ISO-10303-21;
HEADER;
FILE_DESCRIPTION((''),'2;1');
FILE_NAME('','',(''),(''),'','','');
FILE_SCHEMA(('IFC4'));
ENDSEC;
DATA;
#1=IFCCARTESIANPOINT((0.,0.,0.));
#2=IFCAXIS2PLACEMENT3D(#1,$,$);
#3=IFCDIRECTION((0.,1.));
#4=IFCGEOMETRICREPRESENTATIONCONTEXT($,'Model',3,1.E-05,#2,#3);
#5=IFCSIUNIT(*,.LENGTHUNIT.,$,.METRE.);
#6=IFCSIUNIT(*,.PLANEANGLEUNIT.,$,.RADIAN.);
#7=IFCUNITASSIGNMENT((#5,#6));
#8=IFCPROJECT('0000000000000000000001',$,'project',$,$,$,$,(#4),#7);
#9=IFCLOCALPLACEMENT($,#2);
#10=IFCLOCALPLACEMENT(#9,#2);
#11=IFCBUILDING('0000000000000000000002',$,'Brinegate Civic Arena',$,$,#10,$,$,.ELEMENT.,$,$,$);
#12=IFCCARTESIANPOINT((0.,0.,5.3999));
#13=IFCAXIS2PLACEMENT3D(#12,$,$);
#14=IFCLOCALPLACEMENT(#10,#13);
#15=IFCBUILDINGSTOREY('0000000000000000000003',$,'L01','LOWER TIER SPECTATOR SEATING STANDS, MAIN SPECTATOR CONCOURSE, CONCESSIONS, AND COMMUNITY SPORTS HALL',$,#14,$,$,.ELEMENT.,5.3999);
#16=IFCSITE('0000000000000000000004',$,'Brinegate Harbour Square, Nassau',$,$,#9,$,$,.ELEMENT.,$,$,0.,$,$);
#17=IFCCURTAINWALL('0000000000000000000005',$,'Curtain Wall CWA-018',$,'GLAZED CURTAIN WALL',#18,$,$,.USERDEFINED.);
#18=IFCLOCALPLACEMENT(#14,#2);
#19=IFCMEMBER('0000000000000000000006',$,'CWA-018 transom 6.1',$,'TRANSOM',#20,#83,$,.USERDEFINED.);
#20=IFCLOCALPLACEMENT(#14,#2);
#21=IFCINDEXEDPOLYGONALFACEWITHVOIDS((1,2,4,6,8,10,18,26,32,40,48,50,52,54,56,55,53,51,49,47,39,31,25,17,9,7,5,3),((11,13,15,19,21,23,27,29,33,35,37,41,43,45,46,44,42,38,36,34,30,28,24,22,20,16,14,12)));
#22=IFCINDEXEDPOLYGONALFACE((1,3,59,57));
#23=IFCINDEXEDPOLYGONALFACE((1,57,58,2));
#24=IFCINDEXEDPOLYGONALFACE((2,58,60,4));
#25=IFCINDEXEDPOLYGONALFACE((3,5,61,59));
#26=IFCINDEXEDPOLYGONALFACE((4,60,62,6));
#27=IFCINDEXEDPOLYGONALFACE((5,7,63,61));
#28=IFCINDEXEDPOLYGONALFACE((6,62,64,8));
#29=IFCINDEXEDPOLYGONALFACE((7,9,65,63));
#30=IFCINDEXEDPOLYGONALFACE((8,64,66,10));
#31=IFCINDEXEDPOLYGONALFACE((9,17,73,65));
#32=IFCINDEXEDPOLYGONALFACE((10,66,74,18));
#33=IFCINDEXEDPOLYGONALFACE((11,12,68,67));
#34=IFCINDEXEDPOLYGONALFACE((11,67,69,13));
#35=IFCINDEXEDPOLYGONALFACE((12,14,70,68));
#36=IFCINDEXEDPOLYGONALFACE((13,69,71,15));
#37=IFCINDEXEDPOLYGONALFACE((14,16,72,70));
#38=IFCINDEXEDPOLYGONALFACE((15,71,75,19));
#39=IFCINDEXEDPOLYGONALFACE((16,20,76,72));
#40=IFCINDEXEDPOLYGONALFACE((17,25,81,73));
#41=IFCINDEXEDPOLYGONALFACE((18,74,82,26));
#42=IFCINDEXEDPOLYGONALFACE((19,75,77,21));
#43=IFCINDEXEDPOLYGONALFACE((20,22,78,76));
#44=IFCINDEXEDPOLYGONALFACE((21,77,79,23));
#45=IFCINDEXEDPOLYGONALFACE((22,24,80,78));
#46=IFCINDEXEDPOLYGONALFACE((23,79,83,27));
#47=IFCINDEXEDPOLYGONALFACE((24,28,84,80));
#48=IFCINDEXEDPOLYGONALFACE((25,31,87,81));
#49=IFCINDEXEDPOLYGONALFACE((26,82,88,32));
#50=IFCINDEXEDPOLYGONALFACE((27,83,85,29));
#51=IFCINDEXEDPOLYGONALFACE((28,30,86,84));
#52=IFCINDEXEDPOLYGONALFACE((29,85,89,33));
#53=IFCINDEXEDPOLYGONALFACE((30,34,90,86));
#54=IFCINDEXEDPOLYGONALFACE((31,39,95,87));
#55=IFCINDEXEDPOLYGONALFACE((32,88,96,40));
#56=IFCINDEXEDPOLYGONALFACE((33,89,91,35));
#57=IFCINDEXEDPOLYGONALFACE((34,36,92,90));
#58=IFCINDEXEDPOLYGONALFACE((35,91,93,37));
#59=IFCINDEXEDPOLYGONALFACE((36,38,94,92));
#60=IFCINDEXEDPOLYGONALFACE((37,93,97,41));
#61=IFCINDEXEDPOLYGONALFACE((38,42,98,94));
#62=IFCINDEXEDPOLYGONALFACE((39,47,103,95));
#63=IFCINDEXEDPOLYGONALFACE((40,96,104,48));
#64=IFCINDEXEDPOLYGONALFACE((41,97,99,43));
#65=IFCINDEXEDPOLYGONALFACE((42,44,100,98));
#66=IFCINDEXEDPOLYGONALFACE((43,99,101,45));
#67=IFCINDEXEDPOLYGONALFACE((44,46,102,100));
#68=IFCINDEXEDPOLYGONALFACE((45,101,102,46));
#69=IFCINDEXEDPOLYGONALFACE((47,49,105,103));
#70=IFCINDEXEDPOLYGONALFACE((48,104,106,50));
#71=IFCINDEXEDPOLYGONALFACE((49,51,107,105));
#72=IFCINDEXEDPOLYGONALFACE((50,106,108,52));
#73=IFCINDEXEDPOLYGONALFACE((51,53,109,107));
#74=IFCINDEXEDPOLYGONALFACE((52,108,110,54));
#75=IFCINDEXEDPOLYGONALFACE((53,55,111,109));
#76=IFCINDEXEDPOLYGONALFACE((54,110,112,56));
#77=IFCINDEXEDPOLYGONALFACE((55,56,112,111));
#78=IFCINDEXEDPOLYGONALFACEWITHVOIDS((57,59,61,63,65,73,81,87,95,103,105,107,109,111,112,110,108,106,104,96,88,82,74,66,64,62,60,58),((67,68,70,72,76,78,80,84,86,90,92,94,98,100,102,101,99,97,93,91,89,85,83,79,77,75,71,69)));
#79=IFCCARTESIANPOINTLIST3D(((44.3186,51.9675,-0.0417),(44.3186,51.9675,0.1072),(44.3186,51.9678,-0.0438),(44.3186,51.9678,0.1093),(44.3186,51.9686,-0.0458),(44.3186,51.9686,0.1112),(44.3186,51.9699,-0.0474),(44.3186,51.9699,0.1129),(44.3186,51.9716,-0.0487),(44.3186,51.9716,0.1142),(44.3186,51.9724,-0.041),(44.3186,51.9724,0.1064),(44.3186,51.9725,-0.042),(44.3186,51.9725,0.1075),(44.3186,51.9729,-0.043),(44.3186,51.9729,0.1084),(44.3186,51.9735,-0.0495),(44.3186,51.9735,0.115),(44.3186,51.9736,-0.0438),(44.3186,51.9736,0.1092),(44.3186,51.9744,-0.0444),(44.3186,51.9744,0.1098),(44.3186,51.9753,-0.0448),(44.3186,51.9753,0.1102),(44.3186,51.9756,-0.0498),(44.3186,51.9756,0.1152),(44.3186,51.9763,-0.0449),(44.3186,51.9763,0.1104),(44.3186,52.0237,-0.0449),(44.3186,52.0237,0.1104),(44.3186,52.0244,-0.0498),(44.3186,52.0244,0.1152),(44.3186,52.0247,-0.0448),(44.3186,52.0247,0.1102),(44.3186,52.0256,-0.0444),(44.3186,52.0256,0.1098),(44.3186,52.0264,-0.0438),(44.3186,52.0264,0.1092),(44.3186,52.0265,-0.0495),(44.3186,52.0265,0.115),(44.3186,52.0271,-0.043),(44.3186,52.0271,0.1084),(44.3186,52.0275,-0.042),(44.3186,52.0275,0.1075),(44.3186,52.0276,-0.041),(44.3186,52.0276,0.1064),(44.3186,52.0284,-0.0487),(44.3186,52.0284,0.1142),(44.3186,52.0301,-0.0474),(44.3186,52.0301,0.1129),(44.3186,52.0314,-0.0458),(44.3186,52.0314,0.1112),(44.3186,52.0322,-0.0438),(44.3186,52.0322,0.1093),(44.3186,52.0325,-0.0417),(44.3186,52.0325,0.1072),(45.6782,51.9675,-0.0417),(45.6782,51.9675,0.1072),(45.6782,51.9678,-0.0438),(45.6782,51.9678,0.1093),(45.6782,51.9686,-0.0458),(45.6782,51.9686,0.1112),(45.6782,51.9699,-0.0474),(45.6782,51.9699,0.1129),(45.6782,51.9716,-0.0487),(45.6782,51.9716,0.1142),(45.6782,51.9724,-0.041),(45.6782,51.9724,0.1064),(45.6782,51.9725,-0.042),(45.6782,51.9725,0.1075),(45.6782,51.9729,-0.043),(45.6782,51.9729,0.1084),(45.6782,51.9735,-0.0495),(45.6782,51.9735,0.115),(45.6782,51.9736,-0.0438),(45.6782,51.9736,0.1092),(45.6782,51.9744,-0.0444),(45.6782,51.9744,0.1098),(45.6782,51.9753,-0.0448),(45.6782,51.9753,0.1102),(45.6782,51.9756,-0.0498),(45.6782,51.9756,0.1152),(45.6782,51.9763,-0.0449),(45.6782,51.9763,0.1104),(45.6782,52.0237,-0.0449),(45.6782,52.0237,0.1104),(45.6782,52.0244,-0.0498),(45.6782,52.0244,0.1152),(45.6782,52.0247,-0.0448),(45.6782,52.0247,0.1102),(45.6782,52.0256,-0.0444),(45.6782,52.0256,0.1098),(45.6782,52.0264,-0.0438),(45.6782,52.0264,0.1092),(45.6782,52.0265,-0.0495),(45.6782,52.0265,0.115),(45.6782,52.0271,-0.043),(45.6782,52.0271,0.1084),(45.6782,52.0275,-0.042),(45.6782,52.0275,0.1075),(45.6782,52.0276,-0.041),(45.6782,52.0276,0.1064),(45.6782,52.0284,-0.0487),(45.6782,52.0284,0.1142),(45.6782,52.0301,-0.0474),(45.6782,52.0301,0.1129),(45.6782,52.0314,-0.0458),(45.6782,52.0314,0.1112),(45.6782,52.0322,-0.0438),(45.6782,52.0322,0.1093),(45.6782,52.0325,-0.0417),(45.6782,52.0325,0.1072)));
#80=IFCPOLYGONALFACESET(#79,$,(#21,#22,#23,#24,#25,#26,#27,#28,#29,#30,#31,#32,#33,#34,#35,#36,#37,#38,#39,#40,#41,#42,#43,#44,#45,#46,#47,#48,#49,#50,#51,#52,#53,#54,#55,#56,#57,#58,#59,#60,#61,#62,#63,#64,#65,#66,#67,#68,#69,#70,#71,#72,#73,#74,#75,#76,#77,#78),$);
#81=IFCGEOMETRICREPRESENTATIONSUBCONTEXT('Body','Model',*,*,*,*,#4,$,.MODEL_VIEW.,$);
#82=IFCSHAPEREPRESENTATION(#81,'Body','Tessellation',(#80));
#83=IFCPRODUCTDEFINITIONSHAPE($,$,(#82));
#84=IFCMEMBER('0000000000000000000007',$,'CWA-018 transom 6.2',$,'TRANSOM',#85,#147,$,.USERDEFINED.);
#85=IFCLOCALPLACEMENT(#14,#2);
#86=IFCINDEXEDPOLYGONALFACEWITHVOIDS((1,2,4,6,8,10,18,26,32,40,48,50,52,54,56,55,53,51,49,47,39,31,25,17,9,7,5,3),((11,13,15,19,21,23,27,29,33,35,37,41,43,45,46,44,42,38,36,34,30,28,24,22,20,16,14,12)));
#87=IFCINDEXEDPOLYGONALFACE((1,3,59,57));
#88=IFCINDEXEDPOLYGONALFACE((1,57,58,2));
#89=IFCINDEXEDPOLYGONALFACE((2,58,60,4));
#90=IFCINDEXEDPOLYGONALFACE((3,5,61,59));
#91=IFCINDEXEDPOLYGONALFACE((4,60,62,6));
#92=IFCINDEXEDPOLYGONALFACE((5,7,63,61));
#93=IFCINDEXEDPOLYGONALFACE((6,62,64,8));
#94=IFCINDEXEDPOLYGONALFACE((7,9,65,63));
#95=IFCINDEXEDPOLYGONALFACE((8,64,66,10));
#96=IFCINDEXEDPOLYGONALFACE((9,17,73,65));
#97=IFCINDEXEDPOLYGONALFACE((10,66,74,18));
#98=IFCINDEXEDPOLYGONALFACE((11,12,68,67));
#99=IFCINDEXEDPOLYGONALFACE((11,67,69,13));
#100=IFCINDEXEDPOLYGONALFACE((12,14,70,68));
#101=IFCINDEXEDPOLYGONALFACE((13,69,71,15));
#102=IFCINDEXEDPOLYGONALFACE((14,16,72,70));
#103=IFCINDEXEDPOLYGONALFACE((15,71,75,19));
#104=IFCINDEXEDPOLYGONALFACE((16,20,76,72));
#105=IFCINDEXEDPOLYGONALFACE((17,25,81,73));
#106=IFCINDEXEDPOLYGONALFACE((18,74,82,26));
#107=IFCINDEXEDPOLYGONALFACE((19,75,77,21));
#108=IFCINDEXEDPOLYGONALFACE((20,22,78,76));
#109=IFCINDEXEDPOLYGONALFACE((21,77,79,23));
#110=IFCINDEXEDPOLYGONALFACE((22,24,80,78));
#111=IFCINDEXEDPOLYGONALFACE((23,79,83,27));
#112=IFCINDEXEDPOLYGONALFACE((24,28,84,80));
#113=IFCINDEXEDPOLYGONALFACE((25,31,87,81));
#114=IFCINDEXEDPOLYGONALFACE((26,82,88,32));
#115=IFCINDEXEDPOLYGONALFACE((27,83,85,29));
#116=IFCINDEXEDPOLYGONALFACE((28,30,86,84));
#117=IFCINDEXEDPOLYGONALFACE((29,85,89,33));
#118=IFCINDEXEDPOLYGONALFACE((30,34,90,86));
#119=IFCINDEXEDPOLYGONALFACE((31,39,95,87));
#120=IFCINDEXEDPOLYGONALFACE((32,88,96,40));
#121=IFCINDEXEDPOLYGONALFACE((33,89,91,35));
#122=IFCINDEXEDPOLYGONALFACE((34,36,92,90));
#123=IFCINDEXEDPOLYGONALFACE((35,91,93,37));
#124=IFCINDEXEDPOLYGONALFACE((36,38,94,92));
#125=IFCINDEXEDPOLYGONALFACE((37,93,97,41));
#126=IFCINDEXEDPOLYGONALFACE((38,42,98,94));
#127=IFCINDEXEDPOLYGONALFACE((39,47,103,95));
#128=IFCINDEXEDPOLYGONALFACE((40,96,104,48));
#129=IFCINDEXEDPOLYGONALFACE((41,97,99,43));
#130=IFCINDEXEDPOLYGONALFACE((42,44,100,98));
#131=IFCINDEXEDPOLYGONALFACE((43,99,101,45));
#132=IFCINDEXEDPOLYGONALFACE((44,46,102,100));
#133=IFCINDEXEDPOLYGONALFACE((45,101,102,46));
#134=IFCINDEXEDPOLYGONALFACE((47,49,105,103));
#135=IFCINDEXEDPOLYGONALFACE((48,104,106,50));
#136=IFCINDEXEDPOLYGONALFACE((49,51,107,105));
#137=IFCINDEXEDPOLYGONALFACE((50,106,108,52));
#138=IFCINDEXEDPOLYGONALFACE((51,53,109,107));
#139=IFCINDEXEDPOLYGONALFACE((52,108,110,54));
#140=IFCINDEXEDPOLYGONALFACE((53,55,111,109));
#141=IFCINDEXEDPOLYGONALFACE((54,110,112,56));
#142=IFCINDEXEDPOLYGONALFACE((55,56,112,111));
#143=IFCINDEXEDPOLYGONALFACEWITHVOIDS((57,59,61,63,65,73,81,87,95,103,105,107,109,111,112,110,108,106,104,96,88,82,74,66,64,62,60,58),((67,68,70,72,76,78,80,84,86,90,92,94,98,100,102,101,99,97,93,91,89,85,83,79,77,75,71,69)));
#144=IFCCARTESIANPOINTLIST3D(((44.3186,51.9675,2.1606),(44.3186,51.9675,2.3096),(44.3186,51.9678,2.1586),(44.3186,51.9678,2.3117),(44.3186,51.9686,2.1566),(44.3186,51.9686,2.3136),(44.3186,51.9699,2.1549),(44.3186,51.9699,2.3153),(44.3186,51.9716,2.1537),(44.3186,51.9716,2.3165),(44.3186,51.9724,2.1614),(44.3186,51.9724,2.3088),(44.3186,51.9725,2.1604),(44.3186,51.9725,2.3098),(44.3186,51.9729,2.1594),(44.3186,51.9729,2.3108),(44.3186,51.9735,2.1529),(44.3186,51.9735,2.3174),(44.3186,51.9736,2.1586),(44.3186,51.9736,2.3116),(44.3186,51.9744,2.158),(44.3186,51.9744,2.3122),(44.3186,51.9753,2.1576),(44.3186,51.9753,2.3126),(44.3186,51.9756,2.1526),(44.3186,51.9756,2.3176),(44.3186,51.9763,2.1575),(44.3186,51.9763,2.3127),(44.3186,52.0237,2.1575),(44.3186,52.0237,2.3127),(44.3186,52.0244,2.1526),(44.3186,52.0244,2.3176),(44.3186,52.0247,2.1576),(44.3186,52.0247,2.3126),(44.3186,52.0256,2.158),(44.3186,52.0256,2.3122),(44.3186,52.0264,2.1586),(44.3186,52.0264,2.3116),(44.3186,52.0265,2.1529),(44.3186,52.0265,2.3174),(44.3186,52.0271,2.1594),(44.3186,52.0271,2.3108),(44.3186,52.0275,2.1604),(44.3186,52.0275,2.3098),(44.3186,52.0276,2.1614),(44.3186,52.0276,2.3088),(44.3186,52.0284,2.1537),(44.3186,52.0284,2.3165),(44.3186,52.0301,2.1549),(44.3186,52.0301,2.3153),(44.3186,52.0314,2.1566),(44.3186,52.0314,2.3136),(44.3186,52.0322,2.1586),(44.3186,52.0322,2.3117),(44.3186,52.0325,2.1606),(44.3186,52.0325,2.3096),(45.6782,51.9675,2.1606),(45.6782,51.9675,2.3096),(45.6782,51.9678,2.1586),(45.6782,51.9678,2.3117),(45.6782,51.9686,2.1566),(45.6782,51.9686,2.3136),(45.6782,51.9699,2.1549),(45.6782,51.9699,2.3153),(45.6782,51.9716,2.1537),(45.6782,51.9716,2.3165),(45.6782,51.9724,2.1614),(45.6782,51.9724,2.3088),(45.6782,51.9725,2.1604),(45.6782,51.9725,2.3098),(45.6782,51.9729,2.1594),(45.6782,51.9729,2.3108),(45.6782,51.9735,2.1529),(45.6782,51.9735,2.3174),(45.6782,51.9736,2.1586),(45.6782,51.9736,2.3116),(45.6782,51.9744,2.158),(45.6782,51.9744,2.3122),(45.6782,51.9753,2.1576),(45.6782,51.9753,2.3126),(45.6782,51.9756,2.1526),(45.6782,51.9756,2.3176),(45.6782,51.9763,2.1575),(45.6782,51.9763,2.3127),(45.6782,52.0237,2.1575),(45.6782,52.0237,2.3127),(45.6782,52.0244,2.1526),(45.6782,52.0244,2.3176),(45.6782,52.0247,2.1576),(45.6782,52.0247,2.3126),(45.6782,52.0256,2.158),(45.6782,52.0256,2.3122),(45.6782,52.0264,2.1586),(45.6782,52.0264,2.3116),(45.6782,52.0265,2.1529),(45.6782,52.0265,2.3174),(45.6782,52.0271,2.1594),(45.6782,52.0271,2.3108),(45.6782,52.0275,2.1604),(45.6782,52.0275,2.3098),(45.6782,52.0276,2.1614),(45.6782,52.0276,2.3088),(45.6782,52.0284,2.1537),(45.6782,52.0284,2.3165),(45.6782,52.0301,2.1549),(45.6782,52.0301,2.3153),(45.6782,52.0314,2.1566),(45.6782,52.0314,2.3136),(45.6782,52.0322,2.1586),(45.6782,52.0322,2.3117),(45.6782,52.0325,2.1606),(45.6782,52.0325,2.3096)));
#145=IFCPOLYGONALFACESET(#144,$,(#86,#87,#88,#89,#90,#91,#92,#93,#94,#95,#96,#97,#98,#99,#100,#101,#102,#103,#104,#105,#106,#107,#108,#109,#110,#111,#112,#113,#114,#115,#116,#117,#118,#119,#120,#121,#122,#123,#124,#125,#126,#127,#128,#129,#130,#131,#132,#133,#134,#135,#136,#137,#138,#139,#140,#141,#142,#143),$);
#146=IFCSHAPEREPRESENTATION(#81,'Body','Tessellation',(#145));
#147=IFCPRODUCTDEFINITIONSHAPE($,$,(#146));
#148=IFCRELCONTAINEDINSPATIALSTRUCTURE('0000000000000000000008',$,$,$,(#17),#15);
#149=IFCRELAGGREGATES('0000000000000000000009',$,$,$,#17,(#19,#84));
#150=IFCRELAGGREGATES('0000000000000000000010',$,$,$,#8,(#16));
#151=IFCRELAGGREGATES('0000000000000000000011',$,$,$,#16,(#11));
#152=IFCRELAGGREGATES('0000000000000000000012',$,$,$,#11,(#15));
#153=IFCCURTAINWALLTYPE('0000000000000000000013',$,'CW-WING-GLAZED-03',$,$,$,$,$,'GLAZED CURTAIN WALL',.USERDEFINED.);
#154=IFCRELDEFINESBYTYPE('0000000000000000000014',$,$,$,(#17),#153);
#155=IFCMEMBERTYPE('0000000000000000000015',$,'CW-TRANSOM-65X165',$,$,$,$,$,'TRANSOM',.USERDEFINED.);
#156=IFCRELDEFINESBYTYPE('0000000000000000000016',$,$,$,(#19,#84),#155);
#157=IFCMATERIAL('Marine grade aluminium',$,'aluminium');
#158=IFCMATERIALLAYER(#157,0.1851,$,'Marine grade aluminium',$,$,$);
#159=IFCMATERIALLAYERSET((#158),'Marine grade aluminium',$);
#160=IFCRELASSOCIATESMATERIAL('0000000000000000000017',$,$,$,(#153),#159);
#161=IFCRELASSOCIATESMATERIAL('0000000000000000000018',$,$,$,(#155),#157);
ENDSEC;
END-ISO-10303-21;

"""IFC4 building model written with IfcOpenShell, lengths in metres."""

from ifc_helpers import new_model, si_unit, direction, frame, origin, origin_2d, place, context, subcontext, project, spatial, hollow_rectangle, extrude, material, layer, layer_set, material_profile, profile_set, type_object, element, aggregate, save


model = new_model("IFC4")

# Units and contexts
model_context = context("Model", 3, precision=1e-05, world=origin(), true_north=direction((0.0, 1.0)))
body_context = subcontext(model_context, "Body", "Model", "MODEL_VIEW")
ifc_project = project(units=[si_unit("LENGTHUNIT", "METRE"), si_unit("PLANEANGLEUNIT", "RADIAN")], contexts=[model_context])

# Site, building, storey
site_placement = place(None, origin())
site = spatial("IfcSite", under=ifc_project, at=site_placement, Name="Brinegate Harbour Square, Nassau", CompositionType="ELEMENT", RefElevation=0.0)
building_placement = place(site_placement, origin())
building = spatial("IfcBuilding", under=site, at=building_placement, Name="Brinegate Civic Arena", CompositionType="ELEMENT")
storey_placement = place(building_placement, frame((0.0, 0.0, 5.3999)))
storey = spatial("IfcBuildingStorey", under=building, at=storey_placement, Name="L01", Description="LOWER TIER SPECTATOR SEATING STANDS, MAIN SPECTATOR CONCOURSE, CONCESSIONS, AND COMMUNITY SPORTS HALL", CompositionType="ELEMENT", Elevation=5.3999)

# Shared definitions
ifc_material_1 = material(Name="Marine grade aluminium", Category="aluminium")

# Curtain wall, members
ifc_layer_1 = layer(ifc_material_1, 0.1851, Name="Marine grade aluminium")
ifc_layer_set_1 = layer_set([ifc_layer_1], Name="Marine grade aluminium")
curtain_wall_type_1 = type_object("IfcCurtainWallType", Name="CW-WING-GLAZED-03", ElementType="GLAZED CURTAIN WALL", PredefinedType="USERDEFINED", material=ifc_layer_set_1)
curtain_wall_1_placement = place(storey_placement, origin())
curtain_wall_1 = element("IfcCurtainWall", 1, at=curtain_wall_1_placement, inside=storey, type_object=curtain_wall_type_1, Name="Curtain Wall CWA-018", ObjectType="GLAZED CURTAIN WALL", PredefinedType="USERDEFINED")
ifc_material_profile_1 = material_profile(ifc_material_1, hollow_rectangle(XDim=0.0649, YDim=0.165, WallThickness=0.0049, InnerFilletRadius=0.0039, OuterFilletRadius=0.0081, at=origin_2d()), Name="TRN65X165")
ifc_profile_set_1 = profile_set([ifc_material_profile_1], Name="Marine grade aluminium")
member_type_1 = type_object("IfcMemberType", Name="CW-TRANSOM-65X165", ElementType="TRANSOM", PredefinedType="USERDEFINED", material=ifc_profile_set_1)
member_1_placement = place(storey_placement, frame((44.3186, 52.0, 0.0327), z_axis=(1.0, 0.0, 0.0), x_axis=(0.0, 1.0, 0.0)))
member_1 = element("IfcMember", 2, at=member_1_placement, type_object=member_type_1, Name="CWA-018 transom 6.1", ObjectType="TRANSOM", PredefinedType="USERDEFINED", context=body_context, shape_type="SweptSolid", body=[
    extrude(hollow_rectangle(XDim=0.0649, YDim=0.165, WallThickness=0.0049, InnerFilletRadius=0.0039, OuterFilletRadius=0.0081, at=origin_2d()), origin(), (0.0, 0.0, 1.0), 1.3596),
])
member_2_placement = place(storey_placement, frame((44.3186, 52.0, 2.2351), z_axis=(1.0, 0.0, 0.0), x_axis=(0.0, 1.0, 0.0)))
member_2 = element("IfcMember", 3, at=member_2_placement, type_object=member_type_1, Name="CWA-018 transom 6.2", ObjectType="TRANSOM", PredefinedType="USERDEFINED", context=body_context, shape_type="SweptSolid", body=[
    extrude(hollow_rectangle(XDim=0.0649, YDim=0.165, WallThickness=0.0049, InnerFilletRadius=0.0039, OuterFilletRadius=0.0081, at=origin_2d()), origin(), (0.0, 0.0, 1.0), 1.3596),
])

aggregate(curtain_wall_1, [member_1, member_2])

save(model, "model.ifc")
